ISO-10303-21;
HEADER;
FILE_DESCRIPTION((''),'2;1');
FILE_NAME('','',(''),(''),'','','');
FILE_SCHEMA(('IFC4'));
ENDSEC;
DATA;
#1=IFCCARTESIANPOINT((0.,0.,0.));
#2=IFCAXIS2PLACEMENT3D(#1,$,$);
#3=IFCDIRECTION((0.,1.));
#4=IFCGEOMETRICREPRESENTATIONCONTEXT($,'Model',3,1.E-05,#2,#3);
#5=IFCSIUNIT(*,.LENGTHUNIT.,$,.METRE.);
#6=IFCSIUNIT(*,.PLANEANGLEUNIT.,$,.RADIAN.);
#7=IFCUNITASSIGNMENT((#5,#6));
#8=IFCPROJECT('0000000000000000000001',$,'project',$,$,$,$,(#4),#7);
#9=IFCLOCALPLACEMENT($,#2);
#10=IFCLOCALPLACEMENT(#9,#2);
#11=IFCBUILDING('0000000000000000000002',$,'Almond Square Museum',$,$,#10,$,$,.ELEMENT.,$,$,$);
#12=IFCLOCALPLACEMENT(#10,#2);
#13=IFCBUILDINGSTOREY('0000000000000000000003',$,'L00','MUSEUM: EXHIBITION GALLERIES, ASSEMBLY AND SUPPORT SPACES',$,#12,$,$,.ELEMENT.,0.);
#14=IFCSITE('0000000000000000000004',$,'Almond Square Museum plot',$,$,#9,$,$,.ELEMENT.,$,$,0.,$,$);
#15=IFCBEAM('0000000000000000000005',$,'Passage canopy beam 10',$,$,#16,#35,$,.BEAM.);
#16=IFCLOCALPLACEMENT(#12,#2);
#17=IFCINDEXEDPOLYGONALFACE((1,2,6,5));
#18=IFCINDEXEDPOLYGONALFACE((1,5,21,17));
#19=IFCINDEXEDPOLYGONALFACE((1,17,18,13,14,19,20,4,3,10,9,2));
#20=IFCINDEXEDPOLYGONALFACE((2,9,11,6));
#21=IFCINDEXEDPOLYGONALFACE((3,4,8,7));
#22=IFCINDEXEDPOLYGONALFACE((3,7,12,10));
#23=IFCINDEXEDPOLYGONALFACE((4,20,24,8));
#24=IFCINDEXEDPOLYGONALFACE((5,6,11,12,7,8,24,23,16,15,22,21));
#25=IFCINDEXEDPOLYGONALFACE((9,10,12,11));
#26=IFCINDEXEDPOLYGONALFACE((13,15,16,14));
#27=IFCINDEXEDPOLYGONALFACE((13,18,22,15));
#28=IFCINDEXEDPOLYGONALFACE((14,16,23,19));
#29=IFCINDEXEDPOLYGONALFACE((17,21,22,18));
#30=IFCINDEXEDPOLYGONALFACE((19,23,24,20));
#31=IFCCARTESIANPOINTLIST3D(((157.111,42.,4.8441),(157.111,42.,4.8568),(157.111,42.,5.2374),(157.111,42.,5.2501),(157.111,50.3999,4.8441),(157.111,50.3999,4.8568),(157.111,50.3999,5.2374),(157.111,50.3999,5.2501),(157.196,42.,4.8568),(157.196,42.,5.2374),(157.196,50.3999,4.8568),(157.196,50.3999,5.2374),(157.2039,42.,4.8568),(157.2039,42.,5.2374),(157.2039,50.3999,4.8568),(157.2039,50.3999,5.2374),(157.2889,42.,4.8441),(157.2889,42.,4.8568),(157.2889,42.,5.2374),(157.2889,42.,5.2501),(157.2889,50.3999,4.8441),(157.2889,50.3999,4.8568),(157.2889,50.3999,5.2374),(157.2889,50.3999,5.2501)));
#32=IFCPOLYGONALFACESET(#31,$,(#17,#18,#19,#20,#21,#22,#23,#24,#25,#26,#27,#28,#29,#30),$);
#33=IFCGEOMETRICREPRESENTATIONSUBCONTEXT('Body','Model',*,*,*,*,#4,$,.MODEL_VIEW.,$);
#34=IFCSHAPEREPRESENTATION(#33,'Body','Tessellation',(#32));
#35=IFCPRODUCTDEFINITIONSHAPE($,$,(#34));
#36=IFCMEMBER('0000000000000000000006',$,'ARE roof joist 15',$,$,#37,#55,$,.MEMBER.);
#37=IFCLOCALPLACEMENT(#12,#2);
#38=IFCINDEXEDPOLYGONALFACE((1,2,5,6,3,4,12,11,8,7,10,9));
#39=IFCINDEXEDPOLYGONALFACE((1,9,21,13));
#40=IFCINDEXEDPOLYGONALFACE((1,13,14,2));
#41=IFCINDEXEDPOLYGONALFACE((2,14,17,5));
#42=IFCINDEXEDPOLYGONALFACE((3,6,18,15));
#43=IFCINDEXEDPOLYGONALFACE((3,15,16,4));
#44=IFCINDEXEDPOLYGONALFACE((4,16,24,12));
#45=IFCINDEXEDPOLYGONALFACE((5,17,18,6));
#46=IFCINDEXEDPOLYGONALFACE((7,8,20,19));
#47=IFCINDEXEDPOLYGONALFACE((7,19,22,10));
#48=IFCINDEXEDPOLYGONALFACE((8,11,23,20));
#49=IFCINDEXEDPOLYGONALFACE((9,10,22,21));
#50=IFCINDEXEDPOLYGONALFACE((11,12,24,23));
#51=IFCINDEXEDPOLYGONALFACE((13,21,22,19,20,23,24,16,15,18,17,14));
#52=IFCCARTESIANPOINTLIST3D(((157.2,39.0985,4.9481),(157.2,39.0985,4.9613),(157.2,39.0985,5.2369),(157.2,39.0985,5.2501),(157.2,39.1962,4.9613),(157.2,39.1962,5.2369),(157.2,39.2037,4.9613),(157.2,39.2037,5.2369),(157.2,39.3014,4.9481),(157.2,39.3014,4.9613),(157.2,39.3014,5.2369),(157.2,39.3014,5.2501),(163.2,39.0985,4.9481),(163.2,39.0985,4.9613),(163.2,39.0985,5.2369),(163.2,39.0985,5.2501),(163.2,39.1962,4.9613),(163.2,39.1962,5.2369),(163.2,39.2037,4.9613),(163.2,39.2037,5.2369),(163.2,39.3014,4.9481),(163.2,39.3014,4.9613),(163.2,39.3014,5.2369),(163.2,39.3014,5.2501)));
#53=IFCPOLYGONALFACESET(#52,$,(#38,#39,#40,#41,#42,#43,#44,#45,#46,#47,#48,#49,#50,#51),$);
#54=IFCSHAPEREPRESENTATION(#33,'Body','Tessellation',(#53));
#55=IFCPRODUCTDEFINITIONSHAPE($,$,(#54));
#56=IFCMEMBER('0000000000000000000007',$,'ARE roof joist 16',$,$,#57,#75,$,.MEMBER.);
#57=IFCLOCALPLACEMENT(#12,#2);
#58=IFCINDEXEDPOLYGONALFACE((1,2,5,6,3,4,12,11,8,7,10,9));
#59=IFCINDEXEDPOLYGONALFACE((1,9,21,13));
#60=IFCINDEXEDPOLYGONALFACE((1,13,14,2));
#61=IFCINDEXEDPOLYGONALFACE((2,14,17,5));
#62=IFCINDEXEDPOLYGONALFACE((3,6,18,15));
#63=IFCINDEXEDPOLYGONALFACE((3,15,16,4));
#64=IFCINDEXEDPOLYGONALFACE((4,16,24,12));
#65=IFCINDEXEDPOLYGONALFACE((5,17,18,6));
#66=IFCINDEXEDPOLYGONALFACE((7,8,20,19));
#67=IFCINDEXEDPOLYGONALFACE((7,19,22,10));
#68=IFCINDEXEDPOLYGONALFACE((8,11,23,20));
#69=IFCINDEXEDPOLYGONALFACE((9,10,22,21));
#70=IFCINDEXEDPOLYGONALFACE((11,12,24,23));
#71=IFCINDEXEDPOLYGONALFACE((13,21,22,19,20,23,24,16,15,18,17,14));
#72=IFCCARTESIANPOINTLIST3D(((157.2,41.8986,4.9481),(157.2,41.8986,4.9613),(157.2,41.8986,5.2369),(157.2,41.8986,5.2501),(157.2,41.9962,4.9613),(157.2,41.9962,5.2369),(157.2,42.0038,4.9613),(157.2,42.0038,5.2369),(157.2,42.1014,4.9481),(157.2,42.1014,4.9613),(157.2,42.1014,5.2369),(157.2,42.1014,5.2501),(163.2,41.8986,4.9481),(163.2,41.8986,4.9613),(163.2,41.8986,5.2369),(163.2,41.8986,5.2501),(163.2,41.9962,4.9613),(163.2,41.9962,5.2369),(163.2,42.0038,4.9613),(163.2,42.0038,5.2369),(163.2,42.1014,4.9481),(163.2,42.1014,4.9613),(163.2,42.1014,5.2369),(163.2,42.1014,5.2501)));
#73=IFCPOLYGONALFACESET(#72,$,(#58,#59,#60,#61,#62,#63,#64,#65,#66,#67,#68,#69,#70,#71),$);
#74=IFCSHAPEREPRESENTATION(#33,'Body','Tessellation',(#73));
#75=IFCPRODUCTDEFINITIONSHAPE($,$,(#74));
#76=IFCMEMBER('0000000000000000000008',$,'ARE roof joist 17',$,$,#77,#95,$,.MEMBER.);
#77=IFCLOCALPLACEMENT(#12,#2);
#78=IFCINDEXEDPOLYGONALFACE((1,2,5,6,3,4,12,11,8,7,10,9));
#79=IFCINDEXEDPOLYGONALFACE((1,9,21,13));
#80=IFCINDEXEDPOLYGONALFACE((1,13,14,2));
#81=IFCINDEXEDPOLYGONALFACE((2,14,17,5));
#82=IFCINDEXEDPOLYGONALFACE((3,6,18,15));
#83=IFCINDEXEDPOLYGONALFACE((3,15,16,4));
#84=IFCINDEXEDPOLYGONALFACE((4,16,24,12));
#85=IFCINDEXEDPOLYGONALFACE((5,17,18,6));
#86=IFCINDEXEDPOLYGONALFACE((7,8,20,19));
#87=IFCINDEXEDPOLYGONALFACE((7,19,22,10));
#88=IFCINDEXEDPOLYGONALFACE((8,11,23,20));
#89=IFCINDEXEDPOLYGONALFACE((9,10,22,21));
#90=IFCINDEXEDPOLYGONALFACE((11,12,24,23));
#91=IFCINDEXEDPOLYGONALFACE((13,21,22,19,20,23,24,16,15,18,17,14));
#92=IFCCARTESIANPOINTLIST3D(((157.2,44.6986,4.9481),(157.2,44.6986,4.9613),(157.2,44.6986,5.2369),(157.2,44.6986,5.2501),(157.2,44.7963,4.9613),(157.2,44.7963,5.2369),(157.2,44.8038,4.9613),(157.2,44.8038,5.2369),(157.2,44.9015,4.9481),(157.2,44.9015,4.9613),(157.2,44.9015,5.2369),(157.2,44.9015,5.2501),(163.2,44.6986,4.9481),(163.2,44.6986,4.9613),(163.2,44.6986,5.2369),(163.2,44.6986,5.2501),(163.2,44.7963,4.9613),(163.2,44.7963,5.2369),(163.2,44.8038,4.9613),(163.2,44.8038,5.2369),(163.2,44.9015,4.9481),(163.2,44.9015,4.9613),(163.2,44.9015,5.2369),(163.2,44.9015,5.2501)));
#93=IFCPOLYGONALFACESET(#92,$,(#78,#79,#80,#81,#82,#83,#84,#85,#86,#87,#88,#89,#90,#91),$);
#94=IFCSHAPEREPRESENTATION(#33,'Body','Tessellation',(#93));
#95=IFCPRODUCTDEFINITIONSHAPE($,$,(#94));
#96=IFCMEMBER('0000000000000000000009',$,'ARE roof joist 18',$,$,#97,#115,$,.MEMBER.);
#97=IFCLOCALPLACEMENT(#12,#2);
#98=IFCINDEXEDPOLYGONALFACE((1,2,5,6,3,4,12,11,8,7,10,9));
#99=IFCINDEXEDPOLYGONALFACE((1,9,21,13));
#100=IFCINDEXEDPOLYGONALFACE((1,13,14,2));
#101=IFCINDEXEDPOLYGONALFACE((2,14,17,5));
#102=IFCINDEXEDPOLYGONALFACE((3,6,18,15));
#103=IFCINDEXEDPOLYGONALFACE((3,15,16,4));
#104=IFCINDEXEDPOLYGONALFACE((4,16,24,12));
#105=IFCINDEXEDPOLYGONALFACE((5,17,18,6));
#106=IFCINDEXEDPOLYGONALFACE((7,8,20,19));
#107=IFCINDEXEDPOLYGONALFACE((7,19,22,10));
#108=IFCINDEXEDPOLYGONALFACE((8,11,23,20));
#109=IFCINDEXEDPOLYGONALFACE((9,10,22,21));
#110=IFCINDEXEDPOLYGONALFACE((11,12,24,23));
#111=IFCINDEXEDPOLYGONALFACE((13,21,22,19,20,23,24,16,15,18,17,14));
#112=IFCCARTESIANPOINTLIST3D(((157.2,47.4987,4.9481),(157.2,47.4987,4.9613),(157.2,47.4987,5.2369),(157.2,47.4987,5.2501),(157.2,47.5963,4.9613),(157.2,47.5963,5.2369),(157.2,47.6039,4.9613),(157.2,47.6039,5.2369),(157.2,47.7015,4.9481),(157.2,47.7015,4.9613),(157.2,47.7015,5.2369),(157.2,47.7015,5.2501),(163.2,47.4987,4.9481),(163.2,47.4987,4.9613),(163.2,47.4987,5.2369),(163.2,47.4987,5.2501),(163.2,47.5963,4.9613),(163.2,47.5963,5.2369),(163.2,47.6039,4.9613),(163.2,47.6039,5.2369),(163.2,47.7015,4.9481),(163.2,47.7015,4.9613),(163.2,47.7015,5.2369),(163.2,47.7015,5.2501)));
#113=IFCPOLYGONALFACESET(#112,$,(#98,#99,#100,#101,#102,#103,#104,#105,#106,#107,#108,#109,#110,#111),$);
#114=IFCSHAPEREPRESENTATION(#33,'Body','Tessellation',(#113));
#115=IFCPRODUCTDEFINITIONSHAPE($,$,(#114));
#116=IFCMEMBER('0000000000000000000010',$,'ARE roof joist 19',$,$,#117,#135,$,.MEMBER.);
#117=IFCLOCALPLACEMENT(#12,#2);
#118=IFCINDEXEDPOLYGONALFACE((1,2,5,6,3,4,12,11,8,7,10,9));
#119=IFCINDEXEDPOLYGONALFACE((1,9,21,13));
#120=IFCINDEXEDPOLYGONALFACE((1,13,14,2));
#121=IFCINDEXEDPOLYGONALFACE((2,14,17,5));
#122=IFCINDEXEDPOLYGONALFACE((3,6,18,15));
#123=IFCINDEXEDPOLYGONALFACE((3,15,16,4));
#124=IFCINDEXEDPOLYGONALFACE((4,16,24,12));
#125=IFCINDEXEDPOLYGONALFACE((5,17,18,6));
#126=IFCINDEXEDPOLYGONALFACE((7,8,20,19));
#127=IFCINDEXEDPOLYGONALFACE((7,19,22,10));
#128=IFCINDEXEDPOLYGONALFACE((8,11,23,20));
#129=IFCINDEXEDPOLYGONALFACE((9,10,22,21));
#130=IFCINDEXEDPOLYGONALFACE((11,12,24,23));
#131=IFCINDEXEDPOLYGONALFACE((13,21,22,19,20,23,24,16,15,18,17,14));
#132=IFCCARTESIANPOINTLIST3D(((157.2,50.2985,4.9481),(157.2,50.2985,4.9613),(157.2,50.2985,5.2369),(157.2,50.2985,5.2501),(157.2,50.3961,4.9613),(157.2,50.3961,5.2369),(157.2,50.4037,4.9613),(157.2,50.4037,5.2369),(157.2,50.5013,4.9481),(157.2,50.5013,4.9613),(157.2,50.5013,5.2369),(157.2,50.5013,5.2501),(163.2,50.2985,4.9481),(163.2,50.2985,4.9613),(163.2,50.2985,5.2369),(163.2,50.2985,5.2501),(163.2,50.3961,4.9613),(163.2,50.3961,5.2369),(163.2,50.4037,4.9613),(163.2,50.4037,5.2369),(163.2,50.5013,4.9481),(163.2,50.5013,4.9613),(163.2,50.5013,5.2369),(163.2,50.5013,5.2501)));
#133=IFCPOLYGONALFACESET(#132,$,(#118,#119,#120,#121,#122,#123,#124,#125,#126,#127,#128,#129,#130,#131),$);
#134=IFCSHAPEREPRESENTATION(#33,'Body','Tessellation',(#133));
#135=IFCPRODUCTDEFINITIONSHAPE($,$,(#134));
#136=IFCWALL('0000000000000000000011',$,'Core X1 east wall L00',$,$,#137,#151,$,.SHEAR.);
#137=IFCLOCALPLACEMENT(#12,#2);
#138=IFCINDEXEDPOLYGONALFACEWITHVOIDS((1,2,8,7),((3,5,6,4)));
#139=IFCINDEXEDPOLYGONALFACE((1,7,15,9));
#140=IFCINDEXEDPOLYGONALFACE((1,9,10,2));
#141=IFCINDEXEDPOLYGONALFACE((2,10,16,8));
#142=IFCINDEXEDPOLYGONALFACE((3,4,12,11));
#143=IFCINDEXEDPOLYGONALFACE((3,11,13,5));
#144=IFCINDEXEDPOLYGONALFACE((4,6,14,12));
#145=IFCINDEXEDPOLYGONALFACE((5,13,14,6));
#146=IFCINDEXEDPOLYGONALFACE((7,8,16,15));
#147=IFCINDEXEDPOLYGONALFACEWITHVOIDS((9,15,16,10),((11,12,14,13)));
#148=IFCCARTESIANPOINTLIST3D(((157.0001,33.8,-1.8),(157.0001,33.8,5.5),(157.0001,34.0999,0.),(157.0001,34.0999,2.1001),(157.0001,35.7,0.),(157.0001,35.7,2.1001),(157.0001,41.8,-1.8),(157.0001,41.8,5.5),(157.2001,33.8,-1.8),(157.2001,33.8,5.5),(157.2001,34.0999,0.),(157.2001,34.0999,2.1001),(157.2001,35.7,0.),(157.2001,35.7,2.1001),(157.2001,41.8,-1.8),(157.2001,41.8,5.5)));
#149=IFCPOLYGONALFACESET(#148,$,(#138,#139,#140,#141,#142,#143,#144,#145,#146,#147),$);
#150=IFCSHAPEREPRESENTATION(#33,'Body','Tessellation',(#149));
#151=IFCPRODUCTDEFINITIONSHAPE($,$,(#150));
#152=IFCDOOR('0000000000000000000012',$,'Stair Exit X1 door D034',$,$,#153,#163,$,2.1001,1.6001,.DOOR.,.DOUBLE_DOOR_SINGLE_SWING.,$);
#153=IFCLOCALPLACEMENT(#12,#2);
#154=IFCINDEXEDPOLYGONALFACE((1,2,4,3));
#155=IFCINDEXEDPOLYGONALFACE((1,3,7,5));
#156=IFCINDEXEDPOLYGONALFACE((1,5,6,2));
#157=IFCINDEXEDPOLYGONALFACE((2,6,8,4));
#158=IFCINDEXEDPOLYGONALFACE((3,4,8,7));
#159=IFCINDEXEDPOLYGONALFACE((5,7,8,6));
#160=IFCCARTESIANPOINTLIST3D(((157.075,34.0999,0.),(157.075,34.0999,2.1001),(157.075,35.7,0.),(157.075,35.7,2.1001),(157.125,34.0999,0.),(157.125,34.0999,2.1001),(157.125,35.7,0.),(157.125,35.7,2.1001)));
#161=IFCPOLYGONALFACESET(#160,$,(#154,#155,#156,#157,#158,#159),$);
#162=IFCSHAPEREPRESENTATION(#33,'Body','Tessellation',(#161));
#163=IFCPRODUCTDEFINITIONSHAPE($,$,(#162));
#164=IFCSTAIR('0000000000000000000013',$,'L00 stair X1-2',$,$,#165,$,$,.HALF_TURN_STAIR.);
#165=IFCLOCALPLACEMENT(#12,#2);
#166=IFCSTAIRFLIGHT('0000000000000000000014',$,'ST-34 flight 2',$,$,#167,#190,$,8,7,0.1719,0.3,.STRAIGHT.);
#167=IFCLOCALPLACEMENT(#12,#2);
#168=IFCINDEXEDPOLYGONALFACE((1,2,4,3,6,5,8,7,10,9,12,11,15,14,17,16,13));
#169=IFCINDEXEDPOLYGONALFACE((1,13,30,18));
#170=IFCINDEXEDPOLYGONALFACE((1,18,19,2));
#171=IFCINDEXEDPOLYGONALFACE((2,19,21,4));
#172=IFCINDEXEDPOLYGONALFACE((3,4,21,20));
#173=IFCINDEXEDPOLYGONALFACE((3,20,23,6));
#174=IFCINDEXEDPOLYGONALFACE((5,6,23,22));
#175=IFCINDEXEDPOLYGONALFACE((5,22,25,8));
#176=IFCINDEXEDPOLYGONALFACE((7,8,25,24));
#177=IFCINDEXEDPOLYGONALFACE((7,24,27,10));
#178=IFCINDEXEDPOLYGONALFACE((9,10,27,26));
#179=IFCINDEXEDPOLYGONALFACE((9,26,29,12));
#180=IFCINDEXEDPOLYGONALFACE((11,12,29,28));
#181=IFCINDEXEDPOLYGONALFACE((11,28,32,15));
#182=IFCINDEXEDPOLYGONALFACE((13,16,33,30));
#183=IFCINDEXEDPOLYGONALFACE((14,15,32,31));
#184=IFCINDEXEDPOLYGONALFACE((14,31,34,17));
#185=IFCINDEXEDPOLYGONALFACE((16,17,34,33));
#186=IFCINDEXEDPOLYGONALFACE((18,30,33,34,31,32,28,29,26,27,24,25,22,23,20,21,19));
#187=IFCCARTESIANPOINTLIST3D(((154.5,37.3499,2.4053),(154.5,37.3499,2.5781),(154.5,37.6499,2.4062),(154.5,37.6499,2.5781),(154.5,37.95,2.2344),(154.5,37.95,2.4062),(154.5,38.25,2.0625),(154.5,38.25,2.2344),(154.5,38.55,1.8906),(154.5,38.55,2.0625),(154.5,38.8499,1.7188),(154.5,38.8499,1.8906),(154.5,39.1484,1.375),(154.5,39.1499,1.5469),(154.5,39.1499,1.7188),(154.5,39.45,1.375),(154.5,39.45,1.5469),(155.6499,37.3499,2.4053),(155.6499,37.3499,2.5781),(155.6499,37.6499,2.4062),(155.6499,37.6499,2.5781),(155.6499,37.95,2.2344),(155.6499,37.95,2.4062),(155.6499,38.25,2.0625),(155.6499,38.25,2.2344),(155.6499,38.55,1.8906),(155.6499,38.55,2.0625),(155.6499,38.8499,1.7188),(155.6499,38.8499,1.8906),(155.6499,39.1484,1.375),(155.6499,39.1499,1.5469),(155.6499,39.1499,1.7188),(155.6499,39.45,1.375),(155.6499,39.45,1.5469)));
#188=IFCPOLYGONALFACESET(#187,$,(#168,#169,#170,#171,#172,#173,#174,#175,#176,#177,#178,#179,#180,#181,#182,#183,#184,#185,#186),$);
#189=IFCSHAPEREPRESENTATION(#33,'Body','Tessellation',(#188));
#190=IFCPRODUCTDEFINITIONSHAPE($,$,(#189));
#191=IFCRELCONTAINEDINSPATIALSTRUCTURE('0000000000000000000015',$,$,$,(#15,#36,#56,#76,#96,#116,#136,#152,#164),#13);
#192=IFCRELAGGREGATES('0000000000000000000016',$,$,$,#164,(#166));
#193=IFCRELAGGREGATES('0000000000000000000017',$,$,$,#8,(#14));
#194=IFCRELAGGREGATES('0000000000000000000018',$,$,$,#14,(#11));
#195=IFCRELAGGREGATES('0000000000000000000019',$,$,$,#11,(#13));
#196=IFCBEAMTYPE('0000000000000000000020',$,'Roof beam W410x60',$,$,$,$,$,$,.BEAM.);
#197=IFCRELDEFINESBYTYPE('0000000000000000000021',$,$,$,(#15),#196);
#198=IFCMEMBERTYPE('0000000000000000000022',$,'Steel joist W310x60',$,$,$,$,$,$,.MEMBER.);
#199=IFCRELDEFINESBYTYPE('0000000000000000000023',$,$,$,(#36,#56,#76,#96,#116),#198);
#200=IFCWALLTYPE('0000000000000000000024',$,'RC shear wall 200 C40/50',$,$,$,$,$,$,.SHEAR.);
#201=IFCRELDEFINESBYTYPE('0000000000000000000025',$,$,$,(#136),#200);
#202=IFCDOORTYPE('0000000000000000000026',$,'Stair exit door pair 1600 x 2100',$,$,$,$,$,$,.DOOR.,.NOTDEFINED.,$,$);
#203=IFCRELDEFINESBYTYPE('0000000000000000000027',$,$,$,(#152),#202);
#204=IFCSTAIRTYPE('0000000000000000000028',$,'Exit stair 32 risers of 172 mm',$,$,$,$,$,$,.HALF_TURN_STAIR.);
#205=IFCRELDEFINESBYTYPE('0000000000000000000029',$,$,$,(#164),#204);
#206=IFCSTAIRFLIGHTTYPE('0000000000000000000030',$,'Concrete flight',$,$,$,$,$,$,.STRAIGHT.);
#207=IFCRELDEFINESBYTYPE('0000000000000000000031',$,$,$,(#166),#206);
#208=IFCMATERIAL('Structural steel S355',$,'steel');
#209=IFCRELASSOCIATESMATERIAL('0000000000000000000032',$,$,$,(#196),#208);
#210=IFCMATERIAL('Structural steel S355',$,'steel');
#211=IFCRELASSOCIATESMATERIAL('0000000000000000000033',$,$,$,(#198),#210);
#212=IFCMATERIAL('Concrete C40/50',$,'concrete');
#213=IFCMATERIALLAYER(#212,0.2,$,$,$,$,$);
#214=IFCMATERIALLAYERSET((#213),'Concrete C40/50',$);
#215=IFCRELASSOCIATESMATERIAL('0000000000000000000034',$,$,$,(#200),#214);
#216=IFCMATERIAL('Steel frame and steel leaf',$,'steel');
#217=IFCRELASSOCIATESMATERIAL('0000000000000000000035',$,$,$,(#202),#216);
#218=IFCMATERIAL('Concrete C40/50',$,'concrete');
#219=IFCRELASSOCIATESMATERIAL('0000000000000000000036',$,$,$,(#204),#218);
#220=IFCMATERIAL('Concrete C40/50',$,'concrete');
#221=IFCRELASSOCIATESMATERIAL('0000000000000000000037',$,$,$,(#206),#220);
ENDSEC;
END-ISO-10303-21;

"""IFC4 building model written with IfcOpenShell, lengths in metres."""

from ifc_helpers import new_model, si_unit, direction, frame, frame_2d, origin, origin_2d, place, context, subcontext, project, spatial, polyline, rectangle, i_section, outline, extrude, material, layer, layer_set, material_profile, profile_set, type_object, element, fill, aggregate, save


model = new_model("IFC4")

# Units and contexts
model_context = context("Model", 3, precision=1e-05, world=origin(), true_north=direction((0.0, 1.0)))
body_context = subcontext(model_context, "Body", "Model", "MODEL_VIEW")
ifc_project = project(units=[si_unit("LENGTHUNIT", "METRE"), si_unit("PLANEANGLEUNIT", "RADIAN")], contexts=[model_context])

# Site, building, storey
site_placement = place(None, origin())
site = spatial("IfcSite", under=ifc_project, at=site_placement, Name="Almond Square Museum plot", CompositionType="ELEMENT", RefElevation=0.0)
building_placement = place(site_placement, origin())
building = spatial("IfcBuilding", under=site, at=building_placement, Name="Almond Square Museum", CompositionType="ELEMENT")
storey_placement = place(building_placement, origin())
storey = spatial("IfcBuildingStorey", under=building, at=storey_placement, Name="L00", Description="MUSEUM: EXHIBITION GALLERIES, ASSEMBLY AND SUPPORT SPACES", CompositionType="ELEMENT", Elevation=0.0)

# Beam
ifc_material_1 = material(Name="Structural steel S355", Category="steel")
ifc_material_profile_1 = material_profile(ifc_material_1, i_section(OverallWidth=0.178, OverallDepth=0.406, WebThickness=0.0078, FlangeThickness=0.0127, at=origin_2d()))
ifc_profile_set_1 = profile_set([ifc_material_profile_1], Name="Structural steel S355")
beam_type_1 = type_object("IfcBeamType", Name="Roof beam W410x60", PredefinedType="BEAM", material=ifc_profile_set_1)
beam_1_placement = place(storey_placement, frame((157.2, 42.0, 5.0471), z_axis=(0.0, 1.0, 0.0), x_axis=(-1.0, 0.0, 0.0)))
element("IfcBeam", 1, at=beam_1_placement, inside=storey, type_object=beam_type_1, Name="Passage canopy beam 10", PredefinedType="BEAM", context=body_context, shape_type="SweptSolid", body=[
    extrude(i_section(OverallWidth=0.178, OverallDepth=0.406, WebThickness=0.0078, FlangeThickness=0.0127, at=origin_2d()), origin(), (0.0, 0.0, 1.0), 8.3999),
])

# Members
ifc_material_2 = material(Name="Structural steel S355", Category="steel")
ifc_material_profile_2 = material_profile(ifc_material_2, i_section(OverallWidth=0.2029, OverallDepth=0.302, WebThickness=0.0076, FlangeThickness=0.0132, at=origin_2d()))
ifc_profile_set_2 = profile_set([ifc_material_profile_2], Name="Structural steel S355")
member_type = type_object("IfcMemberType", Name="Steel joist W310x60", PredefinedType="MEMBER", material=ifc_profile_set_2)
for number, where, z_axis, x_axis, name in (
    (2, (157.2, 39.2, 5.0991), (1.0, 0.0, 0.0), (0.0, 1.0, 0.0), "ARE roof joist 15"),
    (3, (157.2, 42.0, 5.0991), (1.0, 0.0, 0.0), (0.0, 1.0, 0.0), "ARE roof joist 16"),
    (4, (157.2, 44.8, 5.0991), (1.0, 0.0, 0.0), (0.0, 1.0, 0.0), "ARE roof joist 17"),
    (5, (157.2, 47.6001, 5.0991), (1.0, 0.0, 0.0), (0.0, 1.0, 0.0), "ARE roof joist 18"),
    (6, (157.2, 50.3999, 5.0991), (1.0, 0.0, 0.0), (0.0, 1.0, 0.0), "ARE roof joist 19"),
):
    element("IfcMember", number, at=place(storey_placement, frame(where, z_axis=z_axis, x_axis=x_axis)), inside=storey, type_object=member_type, Name=name, PredefinedType="MEMBER", context=body_context, shape_type="SweptSolid", body=[
        extrude(i_section(OverallWidth=0.2029, OverallDepth=0.302, WebThickness=0.0076, FlangeThickness=0.0132, at=origin_2d()), origin(), (0.0, 0.0, 1.0), 6.0),
    ])

# Wall, opening, door
ifc_material_3 = material(Name="Concrete C40/50", Category="concrete")
ifc_layer = layer(ifc_material_3, 0.2)
ifc_layer_set = layer_set([ifc_layer], Name="Concrete C40/50")
wall_type = type_object("IfcWallType", Name="RC shear wall 200 C40/50", PredefinedType="SHEAR", material=ifc_layer_set)
wall_placement = place(storey_placement, frame((157.1001, 41.8, -1.8), z_axis=(0.0, 0.0, 1.0), x_axis=(0.0, -1.0, 0.0)))
wall = element("IfcWall", 7, at=wall_placement, inside=storey, type_object=wall_type, Name="Core X1 east wall L00", PredefinedType="SHEAR", context=body_context, shape_type="SweptSolid", body=[
    extrude(rectangle(XDim=8.0, YDim=0.2, at=frame_2d((4.0, 0.0))), origin(), (0.0, 0.0, 1.0), 7.3),
])
opening_placement = place(wall_placement, frame((6.1001, 0.0, 1.8)))
opening = element("IfcOpeningElement", 8, at=opening_placement, cuts=wall, PredefinedType="OPENING", context=body_context, shape_type="SweptSolid", body=[
    extrude(rectangle(XDim=1.6001, YDim=2.1001, at=frame_2d((0.8, 1.05))), frame((0.0, 0.1099, 0.0), z_axis=(0.0, -1.0, 0.0), x_axis=(1.0, 0.0, 0.0)), (0.0, 0.0, 1.0), 0.22),
])
ifc_material_4 = material(Name="Steel frame and steel leaf", Category="steel")
door_type = type_object("IfcDoorType", Name="Stair exit door pair 1600 x 2100", OperationType="NOTDEFINED", PredefinedType="DOOR", material=ifc_material_4)
door_placement = place(opening_placement, origin())
door = element("IfcDoor", 9, at=door_placement, inside=storey, type_object=door_type, Name="Stair Exit X1 door D034", OperationType="DOUBLE_DOOR_SINGLE_SWING", OverallHeight=2.1001, OverallWidth=1.6001, PredefinedType="DOOR", context=body_context, shape_type="SweptSolid", body=[
    extrude(rectangle(XDim=1.6001, YDim=2.1001, at=frame_2d((0.8, 1.05))), frame((0.0, 0.0249, 0.0), z_axis=(0.0, -1.0, 0.0), x_axis=(1.0, 0.0, 0.0)), (0.0, 0.0, 1.0), 0.05),
])
fill(opening, door)

# Stair, stair flight
ifc_material_5 = material(Name="Concrete C40/50", Category="concrete")
stair_type = type_object("IfcStairType", Name="Exit stair 32 risers of 172 mm", PredefinedType="HALF_TURN_STAIR", material=ifc_material_5)
stair_placement = place(storey_placement, origin())
stair = element("IfcStair", 10, at=stair_placement, inside=storey, type_object=stair_type, Name="L00 stair X1-2", PredefinedType="HALF_TURN_STAIR")
ifc_material_6 = material(Name="Concrete C40/50", Category="concrete")
stair_flight_type = type_object("IfcStairFlightType", Name="Concrete flight", PredefinedType="STRAIGHT", material=ifc_material_6)
stair_flight_1_placement = place(storey_placement, frame((155.075, 39.45, 1.375), z_axis=(0.0, 0.0, 1.0), x_axis=(0.0, -1.0, 0.0)))
stair_flight_1 = element("IfcStairFlight", 11, at=stair_flight_1_placement, type_object=stair_flight_type, Name="ST-34 flight 2", NumberOfRisers=8, NumberOfTreads=7, PredefinedType="STRAIGHT", RiserHeight=0.1719, TreadLength=0.3, context=body_context, shape_type="SweptSolid", body=[
    extrude(outline(polyline([(0.0, 0.0), (0.0, 0.1719), (0.3, 0.1719), (0.3, 0.3438), (0.6001, 0.3438), (0.6001, 0.5156), (0.8999, 0.5156), (0.8999, 0.6875), (1.2, 0.6875), (1.2, 0.8594), (1.5, 0.8594), (1.5, 1.0312), (1.8, 1.0312), (1.8, 1.2031), (2.1001, 1.2031), (2.1001, 1.375), (2.1001, 1.0303), (0.3015, 0.0), (0.0, 0.0)])), frame((0.0, 0.575, 0.0), z_axis=(0.0, -1.0, 0.0), x_axis=(1.0, 0.0, 0.0)), (0.0, 0.0, 1.0), 1.1499),
])
aggregate(stair, [stair_flight_1])

save(model, "model.ifc")
